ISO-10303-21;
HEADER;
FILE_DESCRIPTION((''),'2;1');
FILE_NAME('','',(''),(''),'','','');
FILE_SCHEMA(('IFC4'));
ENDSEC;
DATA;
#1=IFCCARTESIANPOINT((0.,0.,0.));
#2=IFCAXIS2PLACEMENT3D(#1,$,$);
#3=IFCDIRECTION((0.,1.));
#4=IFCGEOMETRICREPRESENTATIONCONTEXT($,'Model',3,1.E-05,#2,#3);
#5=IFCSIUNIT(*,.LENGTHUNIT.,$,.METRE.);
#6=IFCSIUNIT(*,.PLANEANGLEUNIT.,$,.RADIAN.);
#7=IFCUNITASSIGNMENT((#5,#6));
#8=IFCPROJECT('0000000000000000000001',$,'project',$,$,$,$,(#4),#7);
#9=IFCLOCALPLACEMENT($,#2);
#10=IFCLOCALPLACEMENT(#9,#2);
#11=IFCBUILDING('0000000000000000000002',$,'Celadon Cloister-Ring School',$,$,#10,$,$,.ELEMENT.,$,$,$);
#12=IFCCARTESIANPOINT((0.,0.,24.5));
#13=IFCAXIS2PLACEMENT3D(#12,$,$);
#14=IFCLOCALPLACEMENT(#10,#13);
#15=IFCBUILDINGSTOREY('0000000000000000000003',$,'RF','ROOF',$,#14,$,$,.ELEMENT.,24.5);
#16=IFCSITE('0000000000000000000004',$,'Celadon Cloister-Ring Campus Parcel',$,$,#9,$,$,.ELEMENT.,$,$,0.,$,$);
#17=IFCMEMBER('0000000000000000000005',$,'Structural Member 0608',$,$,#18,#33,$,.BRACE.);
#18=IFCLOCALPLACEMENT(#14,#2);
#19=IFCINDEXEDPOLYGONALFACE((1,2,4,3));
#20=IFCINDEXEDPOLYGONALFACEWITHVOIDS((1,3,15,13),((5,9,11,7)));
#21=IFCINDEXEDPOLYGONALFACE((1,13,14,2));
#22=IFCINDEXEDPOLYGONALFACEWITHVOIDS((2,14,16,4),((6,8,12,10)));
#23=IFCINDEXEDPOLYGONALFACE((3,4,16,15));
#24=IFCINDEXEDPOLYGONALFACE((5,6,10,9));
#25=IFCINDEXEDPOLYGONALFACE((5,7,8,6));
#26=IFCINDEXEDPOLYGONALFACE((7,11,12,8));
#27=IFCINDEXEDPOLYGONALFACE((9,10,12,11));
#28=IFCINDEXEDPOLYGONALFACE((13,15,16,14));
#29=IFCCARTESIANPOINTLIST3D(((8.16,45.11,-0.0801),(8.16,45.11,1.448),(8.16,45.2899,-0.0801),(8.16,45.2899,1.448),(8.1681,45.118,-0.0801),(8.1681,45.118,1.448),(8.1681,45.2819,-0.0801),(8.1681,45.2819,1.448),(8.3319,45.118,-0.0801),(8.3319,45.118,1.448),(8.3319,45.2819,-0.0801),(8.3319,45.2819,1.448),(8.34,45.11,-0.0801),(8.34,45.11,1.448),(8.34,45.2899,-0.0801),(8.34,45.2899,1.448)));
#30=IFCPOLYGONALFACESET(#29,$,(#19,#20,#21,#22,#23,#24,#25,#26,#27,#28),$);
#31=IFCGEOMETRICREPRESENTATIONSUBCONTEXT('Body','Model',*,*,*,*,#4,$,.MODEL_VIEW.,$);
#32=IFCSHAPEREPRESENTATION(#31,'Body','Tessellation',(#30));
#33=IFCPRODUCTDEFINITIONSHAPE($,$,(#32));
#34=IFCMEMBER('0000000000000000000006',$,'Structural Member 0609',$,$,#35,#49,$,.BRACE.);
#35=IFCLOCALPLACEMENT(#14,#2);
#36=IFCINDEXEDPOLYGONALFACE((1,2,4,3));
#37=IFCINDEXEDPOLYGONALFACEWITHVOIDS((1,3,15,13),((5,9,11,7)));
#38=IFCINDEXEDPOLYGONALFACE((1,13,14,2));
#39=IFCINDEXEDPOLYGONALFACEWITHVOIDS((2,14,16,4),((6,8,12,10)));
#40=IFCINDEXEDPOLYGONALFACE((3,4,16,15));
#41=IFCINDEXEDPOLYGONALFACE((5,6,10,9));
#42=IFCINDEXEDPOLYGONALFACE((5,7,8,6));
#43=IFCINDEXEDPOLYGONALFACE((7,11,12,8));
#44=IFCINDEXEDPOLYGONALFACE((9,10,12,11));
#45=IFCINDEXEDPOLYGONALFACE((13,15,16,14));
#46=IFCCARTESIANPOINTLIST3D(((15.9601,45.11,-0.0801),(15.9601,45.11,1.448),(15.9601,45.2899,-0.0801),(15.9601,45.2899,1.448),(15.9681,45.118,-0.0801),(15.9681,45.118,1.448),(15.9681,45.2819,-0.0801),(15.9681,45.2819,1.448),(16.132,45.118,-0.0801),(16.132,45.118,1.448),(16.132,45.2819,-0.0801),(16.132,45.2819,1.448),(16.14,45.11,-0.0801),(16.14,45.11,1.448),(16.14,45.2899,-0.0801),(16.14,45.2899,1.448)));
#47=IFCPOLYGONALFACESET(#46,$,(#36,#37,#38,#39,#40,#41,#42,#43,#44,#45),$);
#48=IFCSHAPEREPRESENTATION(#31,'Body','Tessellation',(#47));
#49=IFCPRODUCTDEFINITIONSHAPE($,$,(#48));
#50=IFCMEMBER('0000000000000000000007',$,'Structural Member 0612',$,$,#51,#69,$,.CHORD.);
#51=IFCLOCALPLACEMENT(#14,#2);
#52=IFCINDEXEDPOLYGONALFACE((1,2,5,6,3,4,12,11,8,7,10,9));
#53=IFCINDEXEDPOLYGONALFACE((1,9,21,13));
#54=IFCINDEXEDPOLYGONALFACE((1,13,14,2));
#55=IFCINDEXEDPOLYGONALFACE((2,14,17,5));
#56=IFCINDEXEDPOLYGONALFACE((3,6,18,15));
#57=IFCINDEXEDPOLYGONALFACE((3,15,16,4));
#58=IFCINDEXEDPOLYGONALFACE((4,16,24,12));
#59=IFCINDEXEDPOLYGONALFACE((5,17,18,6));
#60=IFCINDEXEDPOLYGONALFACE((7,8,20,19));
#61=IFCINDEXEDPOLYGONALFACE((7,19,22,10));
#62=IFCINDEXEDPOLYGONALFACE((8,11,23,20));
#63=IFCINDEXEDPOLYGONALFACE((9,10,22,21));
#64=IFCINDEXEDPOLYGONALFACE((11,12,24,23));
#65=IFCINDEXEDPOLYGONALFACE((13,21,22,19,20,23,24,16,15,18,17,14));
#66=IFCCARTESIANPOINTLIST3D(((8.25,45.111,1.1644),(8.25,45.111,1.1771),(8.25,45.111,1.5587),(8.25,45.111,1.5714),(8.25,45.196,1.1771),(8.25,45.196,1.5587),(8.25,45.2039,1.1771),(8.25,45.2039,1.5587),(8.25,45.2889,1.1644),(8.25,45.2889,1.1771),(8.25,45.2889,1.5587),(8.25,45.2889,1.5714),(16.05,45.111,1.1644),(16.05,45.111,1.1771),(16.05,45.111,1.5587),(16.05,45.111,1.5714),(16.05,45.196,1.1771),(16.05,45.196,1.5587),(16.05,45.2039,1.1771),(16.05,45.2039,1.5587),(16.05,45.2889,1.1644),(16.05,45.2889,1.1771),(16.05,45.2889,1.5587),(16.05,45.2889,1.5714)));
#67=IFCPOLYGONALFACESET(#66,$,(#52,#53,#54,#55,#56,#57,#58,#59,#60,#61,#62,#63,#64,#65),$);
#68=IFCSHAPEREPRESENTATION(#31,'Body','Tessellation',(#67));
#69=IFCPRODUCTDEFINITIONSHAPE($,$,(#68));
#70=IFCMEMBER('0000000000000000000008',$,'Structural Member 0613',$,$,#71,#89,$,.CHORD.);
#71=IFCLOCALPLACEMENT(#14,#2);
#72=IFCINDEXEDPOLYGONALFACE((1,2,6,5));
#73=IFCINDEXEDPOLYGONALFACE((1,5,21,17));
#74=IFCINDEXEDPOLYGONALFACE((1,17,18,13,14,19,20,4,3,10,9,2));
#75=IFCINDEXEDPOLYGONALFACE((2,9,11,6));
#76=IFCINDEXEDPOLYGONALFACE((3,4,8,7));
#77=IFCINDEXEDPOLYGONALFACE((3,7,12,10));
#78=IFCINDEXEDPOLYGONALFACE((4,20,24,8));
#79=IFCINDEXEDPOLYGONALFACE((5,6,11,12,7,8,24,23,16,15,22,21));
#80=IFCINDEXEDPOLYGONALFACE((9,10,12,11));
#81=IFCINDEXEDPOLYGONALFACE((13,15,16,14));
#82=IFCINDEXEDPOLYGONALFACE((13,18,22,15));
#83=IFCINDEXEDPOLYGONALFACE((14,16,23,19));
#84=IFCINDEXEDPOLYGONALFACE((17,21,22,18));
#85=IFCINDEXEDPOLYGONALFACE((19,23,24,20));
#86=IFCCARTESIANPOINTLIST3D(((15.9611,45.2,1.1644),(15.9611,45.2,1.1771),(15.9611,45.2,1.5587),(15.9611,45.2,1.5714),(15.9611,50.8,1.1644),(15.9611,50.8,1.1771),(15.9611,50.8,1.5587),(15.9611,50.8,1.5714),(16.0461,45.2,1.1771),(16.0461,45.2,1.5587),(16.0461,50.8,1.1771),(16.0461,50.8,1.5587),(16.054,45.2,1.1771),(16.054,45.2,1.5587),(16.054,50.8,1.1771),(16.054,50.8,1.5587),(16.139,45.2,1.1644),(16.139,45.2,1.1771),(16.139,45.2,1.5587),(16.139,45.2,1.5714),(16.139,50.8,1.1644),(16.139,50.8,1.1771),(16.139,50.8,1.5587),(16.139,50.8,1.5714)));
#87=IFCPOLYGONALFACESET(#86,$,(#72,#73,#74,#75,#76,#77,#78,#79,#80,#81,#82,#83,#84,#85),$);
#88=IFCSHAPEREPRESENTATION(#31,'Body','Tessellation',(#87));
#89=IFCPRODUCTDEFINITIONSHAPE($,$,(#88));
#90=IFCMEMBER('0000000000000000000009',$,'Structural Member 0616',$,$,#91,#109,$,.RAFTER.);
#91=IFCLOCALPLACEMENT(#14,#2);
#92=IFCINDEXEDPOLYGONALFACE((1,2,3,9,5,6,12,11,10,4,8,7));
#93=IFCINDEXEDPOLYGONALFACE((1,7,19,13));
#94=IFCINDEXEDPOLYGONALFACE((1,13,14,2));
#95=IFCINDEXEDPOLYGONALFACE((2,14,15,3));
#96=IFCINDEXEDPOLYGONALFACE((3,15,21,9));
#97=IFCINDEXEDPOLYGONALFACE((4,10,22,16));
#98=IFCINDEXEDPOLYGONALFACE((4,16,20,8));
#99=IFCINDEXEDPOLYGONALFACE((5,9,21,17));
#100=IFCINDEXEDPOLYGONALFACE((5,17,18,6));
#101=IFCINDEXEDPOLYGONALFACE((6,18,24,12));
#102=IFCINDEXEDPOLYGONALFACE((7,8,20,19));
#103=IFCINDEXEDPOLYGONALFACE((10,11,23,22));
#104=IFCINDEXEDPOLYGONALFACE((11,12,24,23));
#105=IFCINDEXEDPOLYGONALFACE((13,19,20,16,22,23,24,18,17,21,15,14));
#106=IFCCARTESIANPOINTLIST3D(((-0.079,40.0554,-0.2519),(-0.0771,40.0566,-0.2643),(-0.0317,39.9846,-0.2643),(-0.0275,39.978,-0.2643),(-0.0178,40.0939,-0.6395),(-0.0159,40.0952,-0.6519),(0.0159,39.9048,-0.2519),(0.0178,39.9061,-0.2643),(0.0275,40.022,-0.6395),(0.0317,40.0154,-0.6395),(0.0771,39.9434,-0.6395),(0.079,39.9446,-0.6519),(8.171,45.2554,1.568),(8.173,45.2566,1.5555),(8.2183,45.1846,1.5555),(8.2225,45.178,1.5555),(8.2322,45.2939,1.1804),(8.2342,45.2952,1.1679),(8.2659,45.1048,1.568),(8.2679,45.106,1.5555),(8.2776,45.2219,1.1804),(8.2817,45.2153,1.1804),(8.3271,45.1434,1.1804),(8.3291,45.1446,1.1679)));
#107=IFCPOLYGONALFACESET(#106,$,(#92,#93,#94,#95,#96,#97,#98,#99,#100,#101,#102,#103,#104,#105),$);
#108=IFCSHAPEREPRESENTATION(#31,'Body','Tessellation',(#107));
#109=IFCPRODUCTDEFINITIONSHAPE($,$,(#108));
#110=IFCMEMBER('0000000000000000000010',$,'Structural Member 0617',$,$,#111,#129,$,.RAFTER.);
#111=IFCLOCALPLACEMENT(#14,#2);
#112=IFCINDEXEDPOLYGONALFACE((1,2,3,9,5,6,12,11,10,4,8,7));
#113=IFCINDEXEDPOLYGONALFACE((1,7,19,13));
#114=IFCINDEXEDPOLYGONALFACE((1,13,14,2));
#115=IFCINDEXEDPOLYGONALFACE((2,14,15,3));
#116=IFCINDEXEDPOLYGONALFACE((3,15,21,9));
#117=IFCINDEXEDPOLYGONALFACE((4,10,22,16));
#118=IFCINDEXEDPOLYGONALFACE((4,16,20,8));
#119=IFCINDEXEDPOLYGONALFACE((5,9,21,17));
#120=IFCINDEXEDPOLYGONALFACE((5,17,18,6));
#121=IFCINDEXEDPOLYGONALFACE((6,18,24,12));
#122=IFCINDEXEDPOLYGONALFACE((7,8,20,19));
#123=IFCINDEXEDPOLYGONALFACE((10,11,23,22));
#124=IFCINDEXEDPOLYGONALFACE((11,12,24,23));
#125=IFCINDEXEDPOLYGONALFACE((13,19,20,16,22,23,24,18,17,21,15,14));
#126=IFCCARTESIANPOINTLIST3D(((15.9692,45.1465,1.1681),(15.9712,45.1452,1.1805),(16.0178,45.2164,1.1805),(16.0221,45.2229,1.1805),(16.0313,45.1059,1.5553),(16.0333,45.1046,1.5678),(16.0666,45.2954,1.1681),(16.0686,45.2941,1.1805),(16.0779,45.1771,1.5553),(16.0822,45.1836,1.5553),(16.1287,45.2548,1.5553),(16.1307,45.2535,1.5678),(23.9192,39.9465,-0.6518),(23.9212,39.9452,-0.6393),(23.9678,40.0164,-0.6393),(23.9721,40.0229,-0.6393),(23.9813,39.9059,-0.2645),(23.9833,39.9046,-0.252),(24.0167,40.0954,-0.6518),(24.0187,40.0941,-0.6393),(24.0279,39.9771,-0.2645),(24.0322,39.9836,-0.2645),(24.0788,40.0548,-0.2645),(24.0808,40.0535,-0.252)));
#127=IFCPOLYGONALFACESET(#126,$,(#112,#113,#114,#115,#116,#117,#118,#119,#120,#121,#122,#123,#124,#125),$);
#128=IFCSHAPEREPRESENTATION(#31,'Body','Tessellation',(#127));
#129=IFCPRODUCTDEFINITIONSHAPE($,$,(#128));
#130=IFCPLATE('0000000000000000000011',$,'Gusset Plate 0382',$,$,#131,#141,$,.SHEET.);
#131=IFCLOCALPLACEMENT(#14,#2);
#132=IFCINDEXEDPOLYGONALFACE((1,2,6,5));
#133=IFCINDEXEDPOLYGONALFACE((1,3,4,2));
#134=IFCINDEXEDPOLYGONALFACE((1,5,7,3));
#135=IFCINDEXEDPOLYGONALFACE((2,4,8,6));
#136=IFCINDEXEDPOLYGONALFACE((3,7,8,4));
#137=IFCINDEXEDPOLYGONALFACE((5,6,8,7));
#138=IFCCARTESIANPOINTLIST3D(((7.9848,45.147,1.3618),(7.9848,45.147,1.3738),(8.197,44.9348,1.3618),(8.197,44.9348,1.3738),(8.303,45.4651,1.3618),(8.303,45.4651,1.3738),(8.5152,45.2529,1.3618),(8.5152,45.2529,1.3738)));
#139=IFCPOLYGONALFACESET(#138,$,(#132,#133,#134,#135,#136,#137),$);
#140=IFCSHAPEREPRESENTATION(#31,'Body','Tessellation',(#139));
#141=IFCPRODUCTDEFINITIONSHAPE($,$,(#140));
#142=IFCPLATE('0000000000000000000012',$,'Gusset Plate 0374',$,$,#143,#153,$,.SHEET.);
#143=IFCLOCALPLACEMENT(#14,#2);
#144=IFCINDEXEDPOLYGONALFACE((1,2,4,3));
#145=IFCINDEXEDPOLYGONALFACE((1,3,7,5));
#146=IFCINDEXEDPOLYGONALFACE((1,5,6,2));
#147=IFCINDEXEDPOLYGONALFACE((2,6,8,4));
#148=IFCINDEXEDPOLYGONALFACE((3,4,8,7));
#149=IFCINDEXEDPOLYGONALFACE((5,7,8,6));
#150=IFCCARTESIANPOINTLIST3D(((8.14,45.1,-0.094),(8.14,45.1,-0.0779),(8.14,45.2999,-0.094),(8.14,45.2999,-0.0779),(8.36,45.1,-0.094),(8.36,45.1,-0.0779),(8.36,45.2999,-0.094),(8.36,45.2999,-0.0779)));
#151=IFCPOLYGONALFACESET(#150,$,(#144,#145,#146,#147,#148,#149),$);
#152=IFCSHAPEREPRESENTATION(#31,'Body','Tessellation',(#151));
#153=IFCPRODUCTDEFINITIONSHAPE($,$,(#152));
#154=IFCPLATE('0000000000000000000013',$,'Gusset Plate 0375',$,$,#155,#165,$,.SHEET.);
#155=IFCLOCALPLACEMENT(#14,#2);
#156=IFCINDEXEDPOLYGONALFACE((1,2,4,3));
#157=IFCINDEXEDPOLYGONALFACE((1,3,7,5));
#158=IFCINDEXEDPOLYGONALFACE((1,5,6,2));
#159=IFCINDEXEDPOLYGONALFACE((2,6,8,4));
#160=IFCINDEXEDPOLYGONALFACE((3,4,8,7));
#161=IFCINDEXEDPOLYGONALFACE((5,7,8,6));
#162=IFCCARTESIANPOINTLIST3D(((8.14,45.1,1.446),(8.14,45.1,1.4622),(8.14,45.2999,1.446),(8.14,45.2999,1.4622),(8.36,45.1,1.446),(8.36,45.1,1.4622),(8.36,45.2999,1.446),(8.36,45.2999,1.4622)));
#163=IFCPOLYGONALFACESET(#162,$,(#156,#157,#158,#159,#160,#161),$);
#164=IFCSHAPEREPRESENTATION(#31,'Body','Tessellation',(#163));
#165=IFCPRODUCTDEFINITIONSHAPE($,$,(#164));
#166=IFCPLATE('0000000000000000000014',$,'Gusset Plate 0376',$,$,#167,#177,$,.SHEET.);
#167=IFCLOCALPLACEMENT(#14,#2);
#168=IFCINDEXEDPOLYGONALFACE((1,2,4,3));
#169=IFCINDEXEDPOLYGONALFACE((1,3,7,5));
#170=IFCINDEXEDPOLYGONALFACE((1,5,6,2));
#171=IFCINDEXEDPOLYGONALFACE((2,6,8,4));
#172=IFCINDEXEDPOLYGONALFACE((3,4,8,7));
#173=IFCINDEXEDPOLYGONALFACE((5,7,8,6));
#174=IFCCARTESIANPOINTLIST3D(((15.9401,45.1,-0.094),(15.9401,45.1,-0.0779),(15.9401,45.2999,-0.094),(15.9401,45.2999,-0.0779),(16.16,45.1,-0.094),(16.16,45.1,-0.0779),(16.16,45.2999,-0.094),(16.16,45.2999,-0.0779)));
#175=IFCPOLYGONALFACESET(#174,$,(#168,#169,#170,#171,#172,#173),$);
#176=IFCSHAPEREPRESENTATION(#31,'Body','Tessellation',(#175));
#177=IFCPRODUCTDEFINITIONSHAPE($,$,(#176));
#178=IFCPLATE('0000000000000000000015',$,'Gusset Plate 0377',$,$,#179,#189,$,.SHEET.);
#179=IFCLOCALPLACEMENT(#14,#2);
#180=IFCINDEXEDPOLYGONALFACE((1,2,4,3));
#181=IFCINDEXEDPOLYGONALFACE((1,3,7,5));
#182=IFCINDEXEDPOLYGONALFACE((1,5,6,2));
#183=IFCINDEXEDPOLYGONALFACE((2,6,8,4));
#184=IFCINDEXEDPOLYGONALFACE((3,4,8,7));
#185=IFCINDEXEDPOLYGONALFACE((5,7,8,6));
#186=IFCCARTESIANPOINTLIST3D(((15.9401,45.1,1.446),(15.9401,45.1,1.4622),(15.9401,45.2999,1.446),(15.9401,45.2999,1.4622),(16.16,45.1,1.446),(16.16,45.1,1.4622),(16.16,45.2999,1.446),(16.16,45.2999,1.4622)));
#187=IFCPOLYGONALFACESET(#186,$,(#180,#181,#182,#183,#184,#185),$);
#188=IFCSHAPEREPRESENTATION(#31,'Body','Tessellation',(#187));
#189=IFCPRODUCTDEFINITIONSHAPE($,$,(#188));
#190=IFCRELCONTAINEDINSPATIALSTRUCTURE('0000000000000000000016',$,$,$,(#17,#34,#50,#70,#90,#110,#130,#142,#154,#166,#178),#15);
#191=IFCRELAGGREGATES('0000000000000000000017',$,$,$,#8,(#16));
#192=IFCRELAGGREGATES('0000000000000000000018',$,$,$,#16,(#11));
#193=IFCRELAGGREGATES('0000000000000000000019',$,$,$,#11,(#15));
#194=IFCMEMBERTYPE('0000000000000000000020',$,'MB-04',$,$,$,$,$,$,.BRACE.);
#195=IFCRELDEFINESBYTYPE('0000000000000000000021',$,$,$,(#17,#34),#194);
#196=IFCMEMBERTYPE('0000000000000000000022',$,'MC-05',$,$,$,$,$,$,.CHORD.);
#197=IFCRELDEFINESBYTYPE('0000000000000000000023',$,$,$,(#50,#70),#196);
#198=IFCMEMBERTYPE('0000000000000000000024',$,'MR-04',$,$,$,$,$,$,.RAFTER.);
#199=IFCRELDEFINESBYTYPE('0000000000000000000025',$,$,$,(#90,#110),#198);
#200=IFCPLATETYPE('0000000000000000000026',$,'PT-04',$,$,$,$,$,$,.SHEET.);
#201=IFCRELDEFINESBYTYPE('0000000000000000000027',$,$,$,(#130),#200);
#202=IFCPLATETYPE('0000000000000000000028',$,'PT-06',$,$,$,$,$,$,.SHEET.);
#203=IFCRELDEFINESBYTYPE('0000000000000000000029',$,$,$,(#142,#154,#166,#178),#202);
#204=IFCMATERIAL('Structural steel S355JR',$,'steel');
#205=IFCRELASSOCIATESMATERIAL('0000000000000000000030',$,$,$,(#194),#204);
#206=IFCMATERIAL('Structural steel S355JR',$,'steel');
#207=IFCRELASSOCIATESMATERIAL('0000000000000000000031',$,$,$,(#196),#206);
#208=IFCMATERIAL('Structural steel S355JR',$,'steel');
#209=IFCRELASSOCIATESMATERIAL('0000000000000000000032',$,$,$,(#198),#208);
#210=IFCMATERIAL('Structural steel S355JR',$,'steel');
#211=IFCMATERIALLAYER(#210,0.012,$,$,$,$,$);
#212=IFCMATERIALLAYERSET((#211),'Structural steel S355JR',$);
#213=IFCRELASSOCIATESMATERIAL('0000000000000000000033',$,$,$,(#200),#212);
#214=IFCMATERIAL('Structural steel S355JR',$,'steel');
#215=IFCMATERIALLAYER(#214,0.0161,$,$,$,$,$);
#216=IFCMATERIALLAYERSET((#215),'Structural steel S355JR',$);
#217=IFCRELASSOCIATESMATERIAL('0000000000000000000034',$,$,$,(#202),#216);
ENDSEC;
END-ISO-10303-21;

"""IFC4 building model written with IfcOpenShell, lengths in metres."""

from ifc_helpers import new_model, si_unit, direction, frame, origin, origin_2d, place, context, subcontext, project, spatial, rectangle, hollow_rectangle, i_section, extrude, material, layer, layer_set, material_profile, profile_set, type_object, element, save


model = new_model("IFC4")

# Units and contexts
model_context = context("Model", 3, precision=1e-05, world=origin(), true_north=direction((0.0, 1.0)))
body_context = subcontext(model_context, "Body", "Model", "MODEL_VIEW")
ifc_project = project(units=[si_unit("LENGTHUNIT", "METRE"), si_unit("PLANEANGLEUNIT", "RADIAN")], contexts=[model_context])

# Site, building, storey
site_placement = place(None, origin())
site = spatial("IfcSite", under=ifc_project, at=site_placement, Name="Celadon Cloister-Ring Campus Parcel", CompositionType="ELEMENT", RefElevation=0.0)
building_placement = place(site_placement, origin())
building = spatial("IfcBuilding", under=site, at=building_placement, Name="Celadon Cloister-Ring School", CompositionType="ELEMENT")
storey_placement = place(building_placement, frame((0.0, 0.0, 24.5)))
storey = spatial("IfcBuildingStorey", under=building, at=storey_placement, Name="RF", Description="ROOF", CompositionType="ELEMENT", Elevation=24.5)

# Members
ifc_material_1 = material(Name="Structural steel S355JR", Category="steel")
ifc_material_profile_1 = material_profile(ifc_material_1, hollow_rectangle(XDim=0.1799, YDim=0.1799, WallThickness=0.0081, at=origin_2d()), Name="HSS180X180X8")
ifc_profile_set_1 = profile_set([ifc_material_profile_1], Name="Structural steel S355JR")
member_type_1 = type_object("IfcMemberType", Name="MB-04", PredefinedType="BRACE", material=ifc_profile_set_1)
for number, where, z_axis, x_axis, name in (
    (1, (8.25, 45.2, -0.0801), (0.0, 0.0, 1.0), (1.0, 0.0, 0.0), "Structural Member 0608"),
    (2, (16.05, 45.2, -0.0801), (0.0, 0.0, 1.0), (1.0, 0.0, 0.0), "Structural Member 0609"),
):
    element("IfcMember", number, at=place(storey_placement, frame(where, z_axis=z_axis, x_axis=x_axis)), inside=storey, type_object=member_type_1, Name=name, PredefinedType="BRACE", context=body_context, shape_type="SweptSolid", body=[
        extrude(hollow_rectangle(XDim=0.1799, YDim=0.1799, WallThickness=0.0081, at=origin_2d()), origin(), (0.0, 0.0, 1.0), 1.5281),
    ])
ifc_material_2 = material(Name="Structural steel S355JR", Category="steel")
ifc_material_profile_2 = material_profile(ifc_material_2, i_section(OverallWidth=0.178, OverallDepth=0.407, WebThickness=0.0078, FlangeThickness=0.0127, at=origin_2d()), Name="W410X60")
ifc_profile_set_2 = profile_set([ifc_material_profile_2], Name="Structural steel S355JR")
member_type_2 = type_object("IfcMemberType", Name="MC-05", PredefinedType="CHORD", material=ifc_profile_set_2)
member_1_placement = place(storey_placement, frame((8.25, 45.2, 1.3679), z_axis=(1.0, 0.0, 0.0), x_axis=(0.0, 1.0, 0.0)))
element("IfcMember", 3, at=member_1_placement, inside=storey, type_object=member_type_2, Name="Structural Member 0612", PredefinedType="CHORD", context=body_context, shape_type="SweptSolid", body=[
    extrude(i_section(OverallWidth=0.178, OverallDepth=0.407, WebThickness=0.0078, FlangeThickness=0.0127, at=origin_2d()), origin(), (0.0, 0.0, 1.0), 7.8),
])
member_2_placement = place(storey_placement, frame((16.05, 45.2, 1.3679), z_axis=(0.0, 1.0, 0.0), x_axis=(-1.0, 0.0, 0.0)))
element("IfcMember", 4, at=member_2_placement, inside=storey, type_object=member_type_2, Name="Structural Member 0613", PredefinedType="CHORD", context=body_context, shape_type="SweptSolid", body=[
    extrude(i_section(OverallWidth=0.178, OverallDepth=0.407, WebThickness=0.0078, FlangeThickness=0.0127, at=origin_2d()), origin(), (0.0, 0.0, 1.0), 5.6001),
])
ifc_material_3 = material(Name="Structural steel S355JR", Category="steel")
ifc_material_profile_3 = material_profile(ifc_material_3, i_section(OverallWidth=0.178, OverallDepth=0.407, WebThickness=0.0078, FlangeThickness=0.0127, at=origin_2d()), Name="W410X60")
ifc_profile_set_3 = profile_set([ifc_material_profile_3], Name="Structural steel S355JR")
member_type_3 = type_object("IfcMemberType", Name="MR-04", PredefinedType="RAFTER", material=ifc_profile_set_3)
member_3_placement = place(storey_placement, frame((0.0, 40.0, -0.4519), z_axis=(0.831622, 0.524169, 0.183443), x_axis=(-0.533218, 0.845978, 0.0)))
element("IfcMember", 5, at=member_3_placement, inside=storey, type_object=member_type_3, Name="Structural Member 0616", PredefinedType="RAFTER", context=body_context, shape_type="SweptSolid", body=[
    extrude(i_section(OverallWidth=0.178, OverallDepth=0.407, WebThickness=0.0078, FlangeThickness=0.0127, at=origin_2d()), origin(), (0.0, 0.0, 1.0), 9.9204),
])
member_4_placement = place(storey_placement, frame((24.0, 40.0, -0.4519), z_axis=(-0.821932, 0.537614, 0.188148), x_axis=(-0.54739, -0.836878, 0.0)))
element("IfcMember", 6, at=member_4_placement, inside=storey, type_object=member_type_3, Name="Structural Member 0617", PredefinedType="RAFTER", context=body_context, shape_type="SweptSolid", body=[
    extrude(i_section(OverallWidth=0.178, OverallDepth=0.407, WebThickness=0.0078, FlangeThickness=0.0127, at=origin_2d()), origin(), (0.0, 0.0, 1.0), 9.6724),
])

# Plates
ifc_material_4 = material(Name="Structural steel S355JR", Category="steel")
ifc_layer_1 = layer(ifc_material_4, 0.012)
ifc_layer_set_1 = layer_set([ifc_layer_1], Name="Structural steel S355JR")
plate_type_1 = type_object("IfcPlateType", Name="PT-04", PredefinedType="SHEET", material=ifc_layer_set_1)
plate_placement = place(storey_placement, frame((8.25, 45.2, 1.3618), z_axis=(0.0, 0.0, 1.0), x_axis=(0.707107, 0.707107, 0.0)))
element("IfcPlate", 7, at=plate_placement, inside=storey, type_object=plate_type_1, Name="Gusset Plate 0382", PredefinedType="SHEET", context=body_context, shape_type="SweptSolid", body=[
    extrude(rectangle(XDim=0.45, YDim=0.3, at=origin_2d()), origin(), (0.0, 0.0, 1.0), 0.012),
])
ifc_material_5 = material(Name="Structural steel S355JR", Category="steel")
ifc_layer_2 = layer(ifc_material_5, 0.0161)
ifc_layer_set_2 = layer_set([ifc_layer_2], Name="Structural steel S355JR")
plate_type_2 = type_object("IfcPlateType", Name="PT-06", PredefinedType="SHEET", material=ifc_layer_set_2)
for number, where, z_axis, x_axis, name in (
    (8, (8.25, 45.2, -0.094), (0.0, 0.0, 1.0), (1.0, 0.0, 0.0), "Gusset Plate 0374"),
    (9, (8.25, 45.2, 1.446), (0.0, 0.0, 1.0), (1.0, 0.0, 0.0), "Gusset Plate 0375"),
    (10, (16.05, 45.2, -0.094), (0.0, 0.0, 1.0), (1.0, 0.0, 0.0), "Gusset Plate 0376"),
    (11, (16.05, 45.2, 1.446), (0.0, 0.0, 1.0), (1.0, 0.0, 0.0), "Gusset Plate 0377"),
):
    element("IfcPlate", number, at=place(storey_placement, frame(where, z_axis=z_axis, x_axis=x_axis)), inside=storey, type_object=plate_type_2, Name=name, PredefinedType="SHEET", context=body_context, shape_type="SweptSolid", body=[
        extrude(rectangle(XDim=0.22, YDim=0.2, at=origin_2d()), origin(), (0.0, 0.0, 1.0), 0.0161),
    ])

save(model, "model.ifc")
